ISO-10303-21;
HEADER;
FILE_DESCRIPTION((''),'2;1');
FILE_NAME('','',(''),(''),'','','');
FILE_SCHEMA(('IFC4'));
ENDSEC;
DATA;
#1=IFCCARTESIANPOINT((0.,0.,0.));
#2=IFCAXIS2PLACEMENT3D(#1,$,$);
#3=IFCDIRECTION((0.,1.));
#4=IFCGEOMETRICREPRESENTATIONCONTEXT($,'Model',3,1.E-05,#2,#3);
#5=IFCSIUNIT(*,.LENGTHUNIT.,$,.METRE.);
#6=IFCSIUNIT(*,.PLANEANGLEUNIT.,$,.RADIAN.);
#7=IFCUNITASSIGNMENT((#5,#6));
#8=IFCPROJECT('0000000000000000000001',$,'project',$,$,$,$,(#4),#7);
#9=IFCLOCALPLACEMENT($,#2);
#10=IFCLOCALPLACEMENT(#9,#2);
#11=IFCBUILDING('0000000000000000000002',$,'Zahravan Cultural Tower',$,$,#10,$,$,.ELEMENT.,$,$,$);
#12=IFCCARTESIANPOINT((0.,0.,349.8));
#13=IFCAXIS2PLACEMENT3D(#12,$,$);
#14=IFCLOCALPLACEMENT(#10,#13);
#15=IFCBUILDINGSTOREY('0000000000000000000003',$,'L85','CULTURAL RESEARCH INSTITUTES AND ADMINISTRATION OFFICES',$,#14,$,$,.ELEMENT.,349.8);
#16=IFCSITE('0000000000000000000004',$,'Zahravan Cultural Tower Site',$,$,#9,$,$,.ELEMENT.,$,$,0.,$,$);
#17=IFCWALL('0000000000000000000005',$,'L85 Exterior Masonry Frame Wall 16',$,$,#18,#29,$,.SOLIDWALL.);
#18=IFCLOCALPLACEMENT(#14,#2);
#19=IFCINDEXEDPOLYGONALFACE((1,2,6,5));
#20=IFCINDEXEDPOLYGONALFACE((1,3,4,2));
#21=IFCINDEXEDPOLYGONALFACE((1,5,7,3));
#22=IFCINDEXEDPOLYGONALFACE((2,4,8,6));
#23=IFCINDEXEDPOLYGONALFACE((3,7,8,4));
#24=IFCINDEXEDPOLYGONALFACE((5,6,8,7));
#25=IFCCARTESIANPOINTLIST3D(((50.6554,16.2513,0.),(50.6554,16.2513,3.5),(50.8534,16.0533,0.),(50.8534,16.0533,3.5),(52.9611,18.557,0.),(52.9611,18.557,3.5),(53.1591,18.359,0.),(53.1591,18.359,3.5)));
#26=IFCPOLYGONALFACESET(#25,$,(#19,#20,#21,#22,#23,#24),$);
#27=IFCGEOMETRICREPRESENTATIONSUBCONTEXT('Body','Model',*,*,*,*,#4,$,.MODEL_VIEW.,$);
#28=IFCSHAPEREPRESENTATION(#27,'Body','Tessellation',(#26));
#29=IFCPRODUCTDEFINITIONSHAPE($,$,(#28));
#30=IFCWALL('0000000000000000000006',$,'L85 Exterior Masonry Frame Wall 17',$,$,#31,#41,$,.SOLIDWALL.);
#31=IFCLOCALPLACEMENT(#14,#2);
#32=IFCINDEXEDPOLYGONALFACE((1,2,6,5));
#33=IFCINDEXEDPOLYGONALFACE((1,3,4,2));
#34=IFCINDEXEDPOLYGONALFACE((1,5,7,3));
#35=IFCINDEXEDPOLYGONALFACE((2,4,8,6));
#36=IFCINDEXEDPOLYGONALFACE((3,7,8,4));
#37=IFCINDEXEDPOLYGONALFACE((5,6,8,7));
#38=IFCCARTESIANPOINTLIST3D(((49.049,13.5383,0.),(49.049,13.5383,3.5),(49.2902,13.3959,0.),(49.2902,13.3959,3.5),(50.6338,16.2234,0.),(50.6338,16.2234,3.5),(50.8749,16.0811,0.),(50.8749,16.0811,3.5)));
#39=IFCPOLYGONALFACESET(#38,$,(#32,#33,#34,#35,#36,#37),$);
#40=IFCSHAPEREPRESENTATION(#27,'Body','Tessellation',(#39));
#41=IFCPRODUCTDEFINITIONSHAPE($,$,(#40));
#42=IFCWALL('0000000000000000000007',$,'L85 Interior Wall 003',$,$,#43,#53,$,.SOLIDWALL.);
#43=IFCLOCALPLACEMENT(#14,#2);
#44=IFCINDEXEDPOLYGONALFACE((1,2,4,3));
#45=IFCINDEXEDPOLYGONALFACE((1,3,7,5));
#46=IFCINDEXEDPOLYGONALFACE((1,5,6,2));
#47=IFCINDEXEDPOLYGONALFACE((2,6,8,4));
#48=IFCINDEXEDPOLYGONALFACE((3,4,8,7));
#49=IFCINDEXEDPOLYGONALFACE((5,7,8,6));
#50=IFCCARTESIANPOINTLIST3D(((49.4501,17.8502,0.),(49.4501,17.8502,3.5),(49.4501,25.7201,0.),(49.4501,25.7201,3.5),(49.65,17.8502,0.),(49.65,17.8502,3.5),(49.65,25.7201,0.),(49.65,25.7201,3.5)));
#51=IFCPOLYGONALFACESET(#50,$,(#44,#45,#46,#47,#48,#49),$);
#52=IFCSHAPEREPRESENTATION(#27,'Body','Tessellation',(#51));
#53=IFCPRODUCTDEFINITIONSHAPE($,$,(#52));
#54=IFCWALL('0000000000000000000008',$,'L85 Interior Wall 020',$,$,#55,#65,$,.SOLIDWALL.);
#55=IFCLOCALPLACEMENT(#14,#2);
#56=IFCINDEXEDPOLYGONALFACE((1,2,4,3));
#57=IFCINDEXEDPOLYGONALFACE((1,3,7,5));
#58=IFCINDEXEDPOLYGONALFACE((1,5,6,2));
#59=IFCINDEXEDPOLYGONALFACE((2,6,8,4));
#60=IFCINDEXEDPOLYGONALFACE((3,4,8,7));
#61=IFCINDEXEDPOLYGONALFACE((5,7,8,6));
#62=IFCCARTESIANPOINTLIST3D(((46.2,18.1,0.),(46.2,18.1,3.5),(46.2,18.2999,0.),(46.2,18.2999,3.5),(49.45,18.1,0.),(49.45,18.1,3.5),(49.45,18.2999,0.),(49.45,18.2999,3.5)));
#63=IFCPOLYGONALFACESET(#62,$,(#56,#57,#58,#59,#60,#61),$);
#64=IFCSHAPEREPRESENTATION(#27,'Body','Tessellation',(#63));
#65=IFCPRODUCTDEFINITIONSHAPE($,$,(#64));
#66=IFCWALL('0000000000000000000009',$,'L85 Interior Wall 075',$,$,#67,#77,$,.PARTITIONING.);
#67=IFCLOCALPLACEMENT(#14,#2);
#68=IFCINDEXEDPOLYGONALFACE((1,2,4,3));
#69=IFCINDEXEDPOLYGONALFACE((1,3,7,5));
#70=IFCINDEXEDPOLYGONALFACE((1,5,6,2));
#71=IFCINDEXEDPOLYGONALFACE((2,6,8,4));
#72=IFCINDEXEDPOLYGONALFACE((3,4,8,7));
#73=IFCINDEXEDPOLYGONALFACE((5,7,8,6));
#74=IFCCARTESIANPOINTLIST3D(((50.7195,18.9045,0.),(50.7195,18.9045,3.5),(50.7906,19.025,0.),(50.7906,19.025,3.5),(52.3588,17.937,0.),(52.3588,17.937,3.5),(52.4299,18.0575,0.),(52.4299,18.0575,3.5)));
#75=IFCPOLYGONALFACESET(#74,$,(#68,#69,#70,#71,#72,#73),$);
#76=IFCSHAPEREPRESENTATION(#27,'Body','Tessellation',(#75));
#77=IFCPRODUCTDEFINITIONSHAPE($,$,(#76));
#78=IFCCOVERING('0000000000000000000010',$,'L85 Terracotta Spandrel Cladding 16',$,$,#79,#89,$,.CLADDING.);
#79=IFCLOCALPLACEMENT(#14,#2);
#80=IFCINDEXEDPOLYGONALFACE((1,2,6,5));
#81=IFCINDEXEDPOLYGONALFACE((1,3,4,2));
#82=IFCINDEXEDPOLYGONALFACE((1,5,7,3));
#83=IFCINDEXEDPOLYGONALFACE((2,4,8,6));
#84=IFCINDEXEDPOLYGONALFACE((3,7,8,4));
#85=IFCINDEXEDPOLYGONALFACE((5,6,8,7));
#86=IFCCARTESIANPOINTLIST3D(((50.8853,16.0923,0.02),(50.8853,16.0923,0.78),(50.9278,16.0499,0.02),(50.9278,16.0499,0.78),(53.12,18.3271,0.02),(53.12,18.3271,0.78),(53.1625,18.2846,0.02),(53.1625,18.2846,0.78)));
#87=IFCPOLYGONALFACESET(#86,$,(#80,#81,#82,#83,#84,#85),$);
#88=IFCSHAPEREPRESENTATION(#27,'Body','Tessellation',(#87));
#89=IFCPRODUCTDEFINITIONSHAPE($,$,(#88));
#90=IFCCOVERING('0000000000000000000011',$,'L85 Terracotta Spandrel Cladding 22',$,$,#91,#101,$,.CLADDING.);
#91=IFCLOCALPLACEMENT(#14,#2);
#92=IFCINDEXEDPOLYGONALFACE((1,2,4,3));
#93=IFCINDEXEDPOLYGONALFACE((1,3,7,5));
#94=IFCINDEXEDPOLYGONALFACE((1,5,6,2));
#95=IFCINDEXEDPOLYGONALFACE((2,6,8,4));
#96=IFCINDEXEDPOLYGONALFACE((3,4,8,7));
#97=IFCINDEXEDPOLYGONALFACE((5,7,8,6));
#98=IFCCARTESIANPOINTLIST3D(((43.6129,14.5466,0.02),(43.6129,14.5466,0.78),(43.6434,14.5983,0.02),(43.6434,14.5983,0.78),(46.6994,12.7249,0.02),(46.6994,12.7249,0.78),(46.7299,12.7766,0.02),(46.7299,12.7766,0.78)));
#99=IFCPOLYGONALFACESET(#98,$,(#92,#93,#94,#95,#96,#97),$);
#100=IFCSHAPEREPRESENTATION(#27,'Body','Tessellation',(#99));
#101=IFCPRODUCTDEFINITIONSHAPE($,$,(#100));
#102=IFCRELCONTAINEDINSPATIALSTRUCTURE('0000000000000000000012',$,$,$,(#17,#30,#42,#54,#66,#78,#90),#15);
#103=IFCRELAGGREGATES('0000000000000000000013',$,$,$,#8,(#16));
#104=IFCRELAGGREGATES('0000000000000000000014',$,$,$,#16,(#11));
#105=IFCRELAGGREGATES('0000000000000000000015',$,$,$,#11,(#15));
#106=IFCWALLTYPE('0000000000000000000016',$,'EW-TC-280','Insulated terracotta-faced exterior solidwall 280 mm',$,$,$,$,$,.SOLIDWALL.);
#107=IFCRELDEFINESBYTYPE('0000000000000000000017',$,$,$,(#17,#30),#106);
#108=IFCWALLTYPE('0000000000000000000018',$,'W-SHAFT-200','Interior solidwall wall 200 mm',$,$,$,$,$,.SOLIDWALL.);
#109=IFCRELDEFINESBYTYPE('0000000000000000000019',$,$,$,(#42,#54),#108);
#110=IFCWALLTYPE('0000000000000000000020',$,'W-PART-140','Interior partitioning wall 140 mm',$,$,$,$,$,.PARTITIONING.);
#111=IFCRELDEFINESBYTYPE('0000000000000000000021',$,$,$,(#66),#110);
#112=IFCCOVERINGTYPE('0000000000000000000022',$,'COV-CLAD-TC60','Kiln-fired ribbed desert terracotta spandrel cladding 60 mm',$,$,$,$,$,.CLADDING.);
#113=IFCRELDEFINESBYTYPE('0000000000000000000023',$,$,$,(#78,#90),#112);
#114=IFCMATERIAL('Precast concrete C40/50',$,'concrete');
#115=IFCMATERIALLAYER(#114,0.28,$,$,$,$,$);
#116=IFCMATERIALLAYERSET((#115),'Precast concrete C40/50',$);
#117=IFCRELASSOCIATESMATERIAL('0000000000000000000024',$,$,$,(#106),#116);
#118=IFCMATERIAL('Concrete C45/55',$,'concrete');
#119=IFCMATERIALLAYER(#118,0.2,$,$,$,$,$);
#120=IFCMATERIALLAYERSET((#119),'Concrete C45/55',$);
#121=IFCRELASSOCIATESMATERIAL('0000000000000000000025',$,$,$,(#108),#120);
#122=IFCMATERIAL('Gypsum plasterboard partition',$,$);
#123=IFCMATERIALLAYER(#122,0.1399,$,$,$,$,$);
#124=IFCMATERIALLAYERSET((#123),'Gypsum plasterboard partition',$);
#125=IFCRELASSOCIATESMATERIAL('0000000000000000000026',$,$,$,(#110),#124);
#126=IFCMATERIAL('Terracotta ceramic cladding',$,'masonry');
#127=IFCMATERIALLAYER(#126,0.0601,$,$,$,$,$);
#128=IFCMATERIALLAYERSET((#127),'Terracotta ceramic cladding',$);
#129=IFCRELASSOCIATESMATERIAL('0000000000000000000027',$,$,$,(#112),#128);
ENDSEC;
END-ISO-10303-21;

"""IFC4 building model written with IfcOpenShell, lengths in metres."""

from ifc_helpers import new_model, si_unit, direction, frame, frame_2d, origin, origin_2d, place, context, subcontext, project, spatial, rectangle, extrude, source, transform, mapped, material, layer, layer_set, type_object, element, save


model = new_model("IFC4")

# Units and contexts
model_context = context("Model", 3, precision=1e-05, world=origin(), true_north=direction((0.0, 1.0)))
body_context = subcontext(model_context, "Body", "Model", "MODEL_VIEW")
ifc_project = project(units=[si_unit("LENGTHUNIT", "METRE"), si_unit("PLANEANGLEUNIT", "RADIAN")], contexts=[model_context])

# Site, building, storey
site_placement = place(None, origin())
site = spatial("IfcSite", under=ifc_project, at=site_placement, Name="Zahravan Cultural Tower Site", CompositionType="ELEMENT", RefElevation=0.0)
building_placement = place(site_placement, origin())
building = spatial("IfcBuilding", under=site, at=building_placement, Name="Zahravan Cultural Tower", CompositionType="ELEMENT")
storey_placement = place(building_placement, frame((0.0, 0.0, 349.8)))
storey = spatial("IfcBuildingStorey", under=building, at=storey_placement, Name="L85", Description="CULTURAL RESEARCH INSTITUTES AND ADMINISTRATION OFFICES", CompositionType="ELEMENT", Elevation=349.8)

# Shared definitions
ifc_material_1 = material(Name="Precast concrete C40/50", Category="concrete")
ifc_layer_1 = layer(ifc_material_1, 0.28)
ifc_layer_set_1 = layer_set([ifc_layer_1], Name="Precast concrete C40/50")
wall_type_1 = type_object("IfcWallType", Name="EW-TC-280", Description="Insulated terracotta-faced exterior solidwall 280 mm", PredefinedType="SOLIDWALL", material=ifc_layer_set_1)

# Shared definitions
ifc_material_2 = material(Name="Concrete C45/55", Category="concrete")
ifc_layer_2 = layer(ifc_material_2, 0.2)
ifc_layer_set_2 = layer_set([ifc_layer_2], Name="Concrete C45/55")
wall_type_2 = type_object("IfcWallType", Name="W-SHAFT-200", Description="Interior solidwall wall 200 mm", PredefinedType="SOLIDWALL", material=ifc_layer_set_2)

# Walls
shared_shape_1 = source(origin(), body_context, "Body", "SweptSolid", [
    extrude(rectangle(XDim=3.2607, YDim=0.28, at=frame_2d((1.6304, 0.0))), origin(), (0.0, 0.0, 1.0), 3.5),
])
wall_1_placement = place(storey_placement, frame((53.0601, 18.458, 0.0), z_axis=(0.0, 0.0, 1.0), x_axis=(-0.707107, -0.707107, 0.0)))
element("IfcWall", 1, at=wall_1_placement, inside=storey, type_object=wall_type_1, Name="L85 Exterior Masonry Frame Wall 16", PredefinedType="SOLIDWALL", context=body_context, shape_type="MappedRepresentation", body=[
    mapped(shared_shape_1, transform((0.0, 0.0, 0.0), x_axis=(1.0, 0.0, 0.0), y_axis=(0.0, 1.0, 0.0), z_axis=(0.0, 0.0, 1.0), scale=1.0)),
])
shared_shape_2 = source(origin(), body_context, "Body", "SweptSolid", [
    extrude(rectangle(XDim=3.1179, YDim=0.28, at=frame_2d((1.5591, 0.0))), origin(), (0.0, 0.0, 1.0), 3.5),
])
wall_2_placement = place(storey_placement, frame((50.7544, 16.1523, 0.0), z_axis=(0.0, 0.0, 1.0), x_axis=(-0.508275, -0.861195, 0.0)))
element("IfcWall", 2, at=wall_2_placement, inside=storey, type_object=wall_type_1, Name="L85 Exterior Masonry Frame Wall 17", PredefinedType="SOLIDWALL", context=body_context, shape_type="MappedRepresentation", body=[
    mapped(shared_shape_2, transform((0.0, 0.0, 0.0), x_axis=(1.0, 0.0, 0.0), y_axis=(0.0, 1.0, 0.0), z_axis=(0.0, 0.0, 1.0), scale=1.0)),
])
shared_shape_3 = source(origin(), body_context, "Body", "SweptSolid", [
    extrude(rectangle(XDim=7.8699, YDim=0.2, at=frame_2d((3.9351, 0.0))), origin(), (0.0, 0.0, 1.0), 3.5),
])
wall_3_placement = place(storey_placement, frame((49.55, 17.8501, 0.0), z_axis=(0.0, 0.0, 1.0), x_axis=(0.0, 1.0, 0.0)))
element("IfcWall", 3, at=wall_3_placement, inside=storey, type_object=wall_type_2, Name="L85 Interior Wall 003", PredefinedType="SOLIDWALL", context=body_context, shape_type="MappedRepresentation", body=[
    mapped(shared_shape_3, transform((0.0, 0.0, 0.0), x_axis=(1.0, 0.0, 0.0), y_axis=(0.0, 1.0, 0.0), z_axis=(0.0, 0.0, 1.0), scale=1.0)),
])
shared_shape_4 = source(origin(), body_context, "Body", "SweptSolid", [
    extrude(rectangle(XDim=3.25, YDim=0.2, at=frame_2d((1.625, 0.0))), origin(), (0.0, 0.0, 1.0), 3.5),
])
wall_4_placement = place(storey_placement, frame((46.2, 18.2, 0.0), z_axis=(0.0, 0.0, 1.0), x_axis=(1.0, 0.0, 0.0)))
element("IfcWall", 4, at=wall_4_placement, inside=storey, type_object=wall_type_2, Name="L85 Interior Wall 020", PredefinedType="SOLIDWALL", context=body_context, shape_type="MappedRepresentation", body=[
    mapped(shared_shape_4, transform((0.0, 0.0, 0.0), x_axis=(1.0, 0.0, 0.0), y_axis=(0.0, 1.0, 0.0), z_axis=(0.0, 0.0, 1.0), scale=1.0)),
])
ifc_material_3 = material(Name="Gypsum plasterboard partition")
ifc_layer_3 = layer(ifc_material_3, 0.1399)
ifc_layer_set_3 = layer_set([ifc_layer_3], Name="Gypsum plasterboard partition")
wall_type_3 = type_object("IfcWallType", Name="W-PART-140", Description="Interior partitioning wall 140 mm", PredefinedType="PARTITIONING", material=ifc_layer_set_3)
shared_shape_5 = source(origin(), body_context, "Body", "SweptSolid", [
    extrude(rectangle(XDim=1.9036, YDim=0.1399, at=frame_2d((0.9517, 0.0))), origin(), (0.0, 0.0, 1.0), 3.5),
])
wall_5_placement = place(storey_placement, frame((52.3943, 17.9973, 0.0), z_axis=(0.0, 0.0, 1.0), x_axis=(-0.861205, 0.508258, 0.0)))
element("IfcWall", 5, at=wall_5_placement, inside=storey, type_object=wall_type_3, Name="L85 Interior Wall 075", PredefinedType="PARTITIONING", context=body_context, shape_type="MappedRepresentation", body=[
    mapped(shared_shape_5, transform((0.0, 0.0, 0.0), x_axis=(1.0, 0.0, 0.0), y_axis=(0.0, 1.0, 0.0), z_axis=(0.0, 0.0, 1.0), scale=1.0)),
])

# Coverings
ifc_material_4 = material(Name="Terracotta ceramic cladding", Category="masonry")
ifc_layer_4 = layer(ifc_material_4, 0.0601)
ifc_layer_set_4 = layer_set([ifc_layer_4], Name="Terracotta ceramic cladding")
covering_type = type_object("IfcCoveringType", Name="COV-CLAD-TC60", Description="Kiln-fired ribbed desert terracotta spandrel cladding 60 mm", PredefinedType="CLADDING", material=ifc_layer_set_4)
shared_shape_6 = source(origin(), body_context, "Body", "SweptSolid", [
    extrude(rectangle(XDim=3.1604, YDim=0.0601, at=origin_2d()), origin(), (0.0, 0.0, 1.0), 0.76),
])
covering_1_placement = place(storey_placement, frame((52.0239, 17.1885, 0.02), z_axis=(0.0, 0.0, 1.0), x_axis=(-0.707094, -0.707119, 0.0)))
element("IfcCovering", 6, at=covering_1_placement, inside=storey, type_object=covering_type, Name="L85 Terracotta Spandrel Cladding 16", PredefinedType="CLADDING", context=body_context, shape_type="MappedRepresentation", body=[
    mapped(shared_shape_6, transform((0.0, 0.0, 0.0), x_axis=(1.0, 0.0, 0.0), y_axis=(0.0, 1.0, 0.0), z_axis=(0.0, 0.0, 1.0), scale=1.0)),
])
shared_shape_7 = source(origin(), body_context, "Body", "SweptSolid", [
    extrude(rectangle(XDim=3.584, YDim=0.0601, at=origin_2d()), origin(), (0.0, 0.0, 1.0), 0.76),
])
covering_2_placement = place(storey_placement, frame((45.1714, 13.6616, 0.02), z_axis=(0.0, 0.0, 1.0), x_axis=(-0.861186, 0.50829, 0.0)))
element("IfcCovering", 7, at=covering_2_placement, inside=storey, type_object=covering_type, Name="L85 Terracotta Spandrel Cladding 22", PredefinedType="CLADDING", context=body_context, shape_type="MappedRepresentation", body=[
    mapped(shared_shape_7, transform((0.0, 0.0, 0.0), x_axis=(1.0, 0.0, 0.0), y_axis=(0.0, 1.0, 0.0), z_axis=(0.0, 0.0, 1.0), scale=1.0)),
])

save(model, "model.ifc")
